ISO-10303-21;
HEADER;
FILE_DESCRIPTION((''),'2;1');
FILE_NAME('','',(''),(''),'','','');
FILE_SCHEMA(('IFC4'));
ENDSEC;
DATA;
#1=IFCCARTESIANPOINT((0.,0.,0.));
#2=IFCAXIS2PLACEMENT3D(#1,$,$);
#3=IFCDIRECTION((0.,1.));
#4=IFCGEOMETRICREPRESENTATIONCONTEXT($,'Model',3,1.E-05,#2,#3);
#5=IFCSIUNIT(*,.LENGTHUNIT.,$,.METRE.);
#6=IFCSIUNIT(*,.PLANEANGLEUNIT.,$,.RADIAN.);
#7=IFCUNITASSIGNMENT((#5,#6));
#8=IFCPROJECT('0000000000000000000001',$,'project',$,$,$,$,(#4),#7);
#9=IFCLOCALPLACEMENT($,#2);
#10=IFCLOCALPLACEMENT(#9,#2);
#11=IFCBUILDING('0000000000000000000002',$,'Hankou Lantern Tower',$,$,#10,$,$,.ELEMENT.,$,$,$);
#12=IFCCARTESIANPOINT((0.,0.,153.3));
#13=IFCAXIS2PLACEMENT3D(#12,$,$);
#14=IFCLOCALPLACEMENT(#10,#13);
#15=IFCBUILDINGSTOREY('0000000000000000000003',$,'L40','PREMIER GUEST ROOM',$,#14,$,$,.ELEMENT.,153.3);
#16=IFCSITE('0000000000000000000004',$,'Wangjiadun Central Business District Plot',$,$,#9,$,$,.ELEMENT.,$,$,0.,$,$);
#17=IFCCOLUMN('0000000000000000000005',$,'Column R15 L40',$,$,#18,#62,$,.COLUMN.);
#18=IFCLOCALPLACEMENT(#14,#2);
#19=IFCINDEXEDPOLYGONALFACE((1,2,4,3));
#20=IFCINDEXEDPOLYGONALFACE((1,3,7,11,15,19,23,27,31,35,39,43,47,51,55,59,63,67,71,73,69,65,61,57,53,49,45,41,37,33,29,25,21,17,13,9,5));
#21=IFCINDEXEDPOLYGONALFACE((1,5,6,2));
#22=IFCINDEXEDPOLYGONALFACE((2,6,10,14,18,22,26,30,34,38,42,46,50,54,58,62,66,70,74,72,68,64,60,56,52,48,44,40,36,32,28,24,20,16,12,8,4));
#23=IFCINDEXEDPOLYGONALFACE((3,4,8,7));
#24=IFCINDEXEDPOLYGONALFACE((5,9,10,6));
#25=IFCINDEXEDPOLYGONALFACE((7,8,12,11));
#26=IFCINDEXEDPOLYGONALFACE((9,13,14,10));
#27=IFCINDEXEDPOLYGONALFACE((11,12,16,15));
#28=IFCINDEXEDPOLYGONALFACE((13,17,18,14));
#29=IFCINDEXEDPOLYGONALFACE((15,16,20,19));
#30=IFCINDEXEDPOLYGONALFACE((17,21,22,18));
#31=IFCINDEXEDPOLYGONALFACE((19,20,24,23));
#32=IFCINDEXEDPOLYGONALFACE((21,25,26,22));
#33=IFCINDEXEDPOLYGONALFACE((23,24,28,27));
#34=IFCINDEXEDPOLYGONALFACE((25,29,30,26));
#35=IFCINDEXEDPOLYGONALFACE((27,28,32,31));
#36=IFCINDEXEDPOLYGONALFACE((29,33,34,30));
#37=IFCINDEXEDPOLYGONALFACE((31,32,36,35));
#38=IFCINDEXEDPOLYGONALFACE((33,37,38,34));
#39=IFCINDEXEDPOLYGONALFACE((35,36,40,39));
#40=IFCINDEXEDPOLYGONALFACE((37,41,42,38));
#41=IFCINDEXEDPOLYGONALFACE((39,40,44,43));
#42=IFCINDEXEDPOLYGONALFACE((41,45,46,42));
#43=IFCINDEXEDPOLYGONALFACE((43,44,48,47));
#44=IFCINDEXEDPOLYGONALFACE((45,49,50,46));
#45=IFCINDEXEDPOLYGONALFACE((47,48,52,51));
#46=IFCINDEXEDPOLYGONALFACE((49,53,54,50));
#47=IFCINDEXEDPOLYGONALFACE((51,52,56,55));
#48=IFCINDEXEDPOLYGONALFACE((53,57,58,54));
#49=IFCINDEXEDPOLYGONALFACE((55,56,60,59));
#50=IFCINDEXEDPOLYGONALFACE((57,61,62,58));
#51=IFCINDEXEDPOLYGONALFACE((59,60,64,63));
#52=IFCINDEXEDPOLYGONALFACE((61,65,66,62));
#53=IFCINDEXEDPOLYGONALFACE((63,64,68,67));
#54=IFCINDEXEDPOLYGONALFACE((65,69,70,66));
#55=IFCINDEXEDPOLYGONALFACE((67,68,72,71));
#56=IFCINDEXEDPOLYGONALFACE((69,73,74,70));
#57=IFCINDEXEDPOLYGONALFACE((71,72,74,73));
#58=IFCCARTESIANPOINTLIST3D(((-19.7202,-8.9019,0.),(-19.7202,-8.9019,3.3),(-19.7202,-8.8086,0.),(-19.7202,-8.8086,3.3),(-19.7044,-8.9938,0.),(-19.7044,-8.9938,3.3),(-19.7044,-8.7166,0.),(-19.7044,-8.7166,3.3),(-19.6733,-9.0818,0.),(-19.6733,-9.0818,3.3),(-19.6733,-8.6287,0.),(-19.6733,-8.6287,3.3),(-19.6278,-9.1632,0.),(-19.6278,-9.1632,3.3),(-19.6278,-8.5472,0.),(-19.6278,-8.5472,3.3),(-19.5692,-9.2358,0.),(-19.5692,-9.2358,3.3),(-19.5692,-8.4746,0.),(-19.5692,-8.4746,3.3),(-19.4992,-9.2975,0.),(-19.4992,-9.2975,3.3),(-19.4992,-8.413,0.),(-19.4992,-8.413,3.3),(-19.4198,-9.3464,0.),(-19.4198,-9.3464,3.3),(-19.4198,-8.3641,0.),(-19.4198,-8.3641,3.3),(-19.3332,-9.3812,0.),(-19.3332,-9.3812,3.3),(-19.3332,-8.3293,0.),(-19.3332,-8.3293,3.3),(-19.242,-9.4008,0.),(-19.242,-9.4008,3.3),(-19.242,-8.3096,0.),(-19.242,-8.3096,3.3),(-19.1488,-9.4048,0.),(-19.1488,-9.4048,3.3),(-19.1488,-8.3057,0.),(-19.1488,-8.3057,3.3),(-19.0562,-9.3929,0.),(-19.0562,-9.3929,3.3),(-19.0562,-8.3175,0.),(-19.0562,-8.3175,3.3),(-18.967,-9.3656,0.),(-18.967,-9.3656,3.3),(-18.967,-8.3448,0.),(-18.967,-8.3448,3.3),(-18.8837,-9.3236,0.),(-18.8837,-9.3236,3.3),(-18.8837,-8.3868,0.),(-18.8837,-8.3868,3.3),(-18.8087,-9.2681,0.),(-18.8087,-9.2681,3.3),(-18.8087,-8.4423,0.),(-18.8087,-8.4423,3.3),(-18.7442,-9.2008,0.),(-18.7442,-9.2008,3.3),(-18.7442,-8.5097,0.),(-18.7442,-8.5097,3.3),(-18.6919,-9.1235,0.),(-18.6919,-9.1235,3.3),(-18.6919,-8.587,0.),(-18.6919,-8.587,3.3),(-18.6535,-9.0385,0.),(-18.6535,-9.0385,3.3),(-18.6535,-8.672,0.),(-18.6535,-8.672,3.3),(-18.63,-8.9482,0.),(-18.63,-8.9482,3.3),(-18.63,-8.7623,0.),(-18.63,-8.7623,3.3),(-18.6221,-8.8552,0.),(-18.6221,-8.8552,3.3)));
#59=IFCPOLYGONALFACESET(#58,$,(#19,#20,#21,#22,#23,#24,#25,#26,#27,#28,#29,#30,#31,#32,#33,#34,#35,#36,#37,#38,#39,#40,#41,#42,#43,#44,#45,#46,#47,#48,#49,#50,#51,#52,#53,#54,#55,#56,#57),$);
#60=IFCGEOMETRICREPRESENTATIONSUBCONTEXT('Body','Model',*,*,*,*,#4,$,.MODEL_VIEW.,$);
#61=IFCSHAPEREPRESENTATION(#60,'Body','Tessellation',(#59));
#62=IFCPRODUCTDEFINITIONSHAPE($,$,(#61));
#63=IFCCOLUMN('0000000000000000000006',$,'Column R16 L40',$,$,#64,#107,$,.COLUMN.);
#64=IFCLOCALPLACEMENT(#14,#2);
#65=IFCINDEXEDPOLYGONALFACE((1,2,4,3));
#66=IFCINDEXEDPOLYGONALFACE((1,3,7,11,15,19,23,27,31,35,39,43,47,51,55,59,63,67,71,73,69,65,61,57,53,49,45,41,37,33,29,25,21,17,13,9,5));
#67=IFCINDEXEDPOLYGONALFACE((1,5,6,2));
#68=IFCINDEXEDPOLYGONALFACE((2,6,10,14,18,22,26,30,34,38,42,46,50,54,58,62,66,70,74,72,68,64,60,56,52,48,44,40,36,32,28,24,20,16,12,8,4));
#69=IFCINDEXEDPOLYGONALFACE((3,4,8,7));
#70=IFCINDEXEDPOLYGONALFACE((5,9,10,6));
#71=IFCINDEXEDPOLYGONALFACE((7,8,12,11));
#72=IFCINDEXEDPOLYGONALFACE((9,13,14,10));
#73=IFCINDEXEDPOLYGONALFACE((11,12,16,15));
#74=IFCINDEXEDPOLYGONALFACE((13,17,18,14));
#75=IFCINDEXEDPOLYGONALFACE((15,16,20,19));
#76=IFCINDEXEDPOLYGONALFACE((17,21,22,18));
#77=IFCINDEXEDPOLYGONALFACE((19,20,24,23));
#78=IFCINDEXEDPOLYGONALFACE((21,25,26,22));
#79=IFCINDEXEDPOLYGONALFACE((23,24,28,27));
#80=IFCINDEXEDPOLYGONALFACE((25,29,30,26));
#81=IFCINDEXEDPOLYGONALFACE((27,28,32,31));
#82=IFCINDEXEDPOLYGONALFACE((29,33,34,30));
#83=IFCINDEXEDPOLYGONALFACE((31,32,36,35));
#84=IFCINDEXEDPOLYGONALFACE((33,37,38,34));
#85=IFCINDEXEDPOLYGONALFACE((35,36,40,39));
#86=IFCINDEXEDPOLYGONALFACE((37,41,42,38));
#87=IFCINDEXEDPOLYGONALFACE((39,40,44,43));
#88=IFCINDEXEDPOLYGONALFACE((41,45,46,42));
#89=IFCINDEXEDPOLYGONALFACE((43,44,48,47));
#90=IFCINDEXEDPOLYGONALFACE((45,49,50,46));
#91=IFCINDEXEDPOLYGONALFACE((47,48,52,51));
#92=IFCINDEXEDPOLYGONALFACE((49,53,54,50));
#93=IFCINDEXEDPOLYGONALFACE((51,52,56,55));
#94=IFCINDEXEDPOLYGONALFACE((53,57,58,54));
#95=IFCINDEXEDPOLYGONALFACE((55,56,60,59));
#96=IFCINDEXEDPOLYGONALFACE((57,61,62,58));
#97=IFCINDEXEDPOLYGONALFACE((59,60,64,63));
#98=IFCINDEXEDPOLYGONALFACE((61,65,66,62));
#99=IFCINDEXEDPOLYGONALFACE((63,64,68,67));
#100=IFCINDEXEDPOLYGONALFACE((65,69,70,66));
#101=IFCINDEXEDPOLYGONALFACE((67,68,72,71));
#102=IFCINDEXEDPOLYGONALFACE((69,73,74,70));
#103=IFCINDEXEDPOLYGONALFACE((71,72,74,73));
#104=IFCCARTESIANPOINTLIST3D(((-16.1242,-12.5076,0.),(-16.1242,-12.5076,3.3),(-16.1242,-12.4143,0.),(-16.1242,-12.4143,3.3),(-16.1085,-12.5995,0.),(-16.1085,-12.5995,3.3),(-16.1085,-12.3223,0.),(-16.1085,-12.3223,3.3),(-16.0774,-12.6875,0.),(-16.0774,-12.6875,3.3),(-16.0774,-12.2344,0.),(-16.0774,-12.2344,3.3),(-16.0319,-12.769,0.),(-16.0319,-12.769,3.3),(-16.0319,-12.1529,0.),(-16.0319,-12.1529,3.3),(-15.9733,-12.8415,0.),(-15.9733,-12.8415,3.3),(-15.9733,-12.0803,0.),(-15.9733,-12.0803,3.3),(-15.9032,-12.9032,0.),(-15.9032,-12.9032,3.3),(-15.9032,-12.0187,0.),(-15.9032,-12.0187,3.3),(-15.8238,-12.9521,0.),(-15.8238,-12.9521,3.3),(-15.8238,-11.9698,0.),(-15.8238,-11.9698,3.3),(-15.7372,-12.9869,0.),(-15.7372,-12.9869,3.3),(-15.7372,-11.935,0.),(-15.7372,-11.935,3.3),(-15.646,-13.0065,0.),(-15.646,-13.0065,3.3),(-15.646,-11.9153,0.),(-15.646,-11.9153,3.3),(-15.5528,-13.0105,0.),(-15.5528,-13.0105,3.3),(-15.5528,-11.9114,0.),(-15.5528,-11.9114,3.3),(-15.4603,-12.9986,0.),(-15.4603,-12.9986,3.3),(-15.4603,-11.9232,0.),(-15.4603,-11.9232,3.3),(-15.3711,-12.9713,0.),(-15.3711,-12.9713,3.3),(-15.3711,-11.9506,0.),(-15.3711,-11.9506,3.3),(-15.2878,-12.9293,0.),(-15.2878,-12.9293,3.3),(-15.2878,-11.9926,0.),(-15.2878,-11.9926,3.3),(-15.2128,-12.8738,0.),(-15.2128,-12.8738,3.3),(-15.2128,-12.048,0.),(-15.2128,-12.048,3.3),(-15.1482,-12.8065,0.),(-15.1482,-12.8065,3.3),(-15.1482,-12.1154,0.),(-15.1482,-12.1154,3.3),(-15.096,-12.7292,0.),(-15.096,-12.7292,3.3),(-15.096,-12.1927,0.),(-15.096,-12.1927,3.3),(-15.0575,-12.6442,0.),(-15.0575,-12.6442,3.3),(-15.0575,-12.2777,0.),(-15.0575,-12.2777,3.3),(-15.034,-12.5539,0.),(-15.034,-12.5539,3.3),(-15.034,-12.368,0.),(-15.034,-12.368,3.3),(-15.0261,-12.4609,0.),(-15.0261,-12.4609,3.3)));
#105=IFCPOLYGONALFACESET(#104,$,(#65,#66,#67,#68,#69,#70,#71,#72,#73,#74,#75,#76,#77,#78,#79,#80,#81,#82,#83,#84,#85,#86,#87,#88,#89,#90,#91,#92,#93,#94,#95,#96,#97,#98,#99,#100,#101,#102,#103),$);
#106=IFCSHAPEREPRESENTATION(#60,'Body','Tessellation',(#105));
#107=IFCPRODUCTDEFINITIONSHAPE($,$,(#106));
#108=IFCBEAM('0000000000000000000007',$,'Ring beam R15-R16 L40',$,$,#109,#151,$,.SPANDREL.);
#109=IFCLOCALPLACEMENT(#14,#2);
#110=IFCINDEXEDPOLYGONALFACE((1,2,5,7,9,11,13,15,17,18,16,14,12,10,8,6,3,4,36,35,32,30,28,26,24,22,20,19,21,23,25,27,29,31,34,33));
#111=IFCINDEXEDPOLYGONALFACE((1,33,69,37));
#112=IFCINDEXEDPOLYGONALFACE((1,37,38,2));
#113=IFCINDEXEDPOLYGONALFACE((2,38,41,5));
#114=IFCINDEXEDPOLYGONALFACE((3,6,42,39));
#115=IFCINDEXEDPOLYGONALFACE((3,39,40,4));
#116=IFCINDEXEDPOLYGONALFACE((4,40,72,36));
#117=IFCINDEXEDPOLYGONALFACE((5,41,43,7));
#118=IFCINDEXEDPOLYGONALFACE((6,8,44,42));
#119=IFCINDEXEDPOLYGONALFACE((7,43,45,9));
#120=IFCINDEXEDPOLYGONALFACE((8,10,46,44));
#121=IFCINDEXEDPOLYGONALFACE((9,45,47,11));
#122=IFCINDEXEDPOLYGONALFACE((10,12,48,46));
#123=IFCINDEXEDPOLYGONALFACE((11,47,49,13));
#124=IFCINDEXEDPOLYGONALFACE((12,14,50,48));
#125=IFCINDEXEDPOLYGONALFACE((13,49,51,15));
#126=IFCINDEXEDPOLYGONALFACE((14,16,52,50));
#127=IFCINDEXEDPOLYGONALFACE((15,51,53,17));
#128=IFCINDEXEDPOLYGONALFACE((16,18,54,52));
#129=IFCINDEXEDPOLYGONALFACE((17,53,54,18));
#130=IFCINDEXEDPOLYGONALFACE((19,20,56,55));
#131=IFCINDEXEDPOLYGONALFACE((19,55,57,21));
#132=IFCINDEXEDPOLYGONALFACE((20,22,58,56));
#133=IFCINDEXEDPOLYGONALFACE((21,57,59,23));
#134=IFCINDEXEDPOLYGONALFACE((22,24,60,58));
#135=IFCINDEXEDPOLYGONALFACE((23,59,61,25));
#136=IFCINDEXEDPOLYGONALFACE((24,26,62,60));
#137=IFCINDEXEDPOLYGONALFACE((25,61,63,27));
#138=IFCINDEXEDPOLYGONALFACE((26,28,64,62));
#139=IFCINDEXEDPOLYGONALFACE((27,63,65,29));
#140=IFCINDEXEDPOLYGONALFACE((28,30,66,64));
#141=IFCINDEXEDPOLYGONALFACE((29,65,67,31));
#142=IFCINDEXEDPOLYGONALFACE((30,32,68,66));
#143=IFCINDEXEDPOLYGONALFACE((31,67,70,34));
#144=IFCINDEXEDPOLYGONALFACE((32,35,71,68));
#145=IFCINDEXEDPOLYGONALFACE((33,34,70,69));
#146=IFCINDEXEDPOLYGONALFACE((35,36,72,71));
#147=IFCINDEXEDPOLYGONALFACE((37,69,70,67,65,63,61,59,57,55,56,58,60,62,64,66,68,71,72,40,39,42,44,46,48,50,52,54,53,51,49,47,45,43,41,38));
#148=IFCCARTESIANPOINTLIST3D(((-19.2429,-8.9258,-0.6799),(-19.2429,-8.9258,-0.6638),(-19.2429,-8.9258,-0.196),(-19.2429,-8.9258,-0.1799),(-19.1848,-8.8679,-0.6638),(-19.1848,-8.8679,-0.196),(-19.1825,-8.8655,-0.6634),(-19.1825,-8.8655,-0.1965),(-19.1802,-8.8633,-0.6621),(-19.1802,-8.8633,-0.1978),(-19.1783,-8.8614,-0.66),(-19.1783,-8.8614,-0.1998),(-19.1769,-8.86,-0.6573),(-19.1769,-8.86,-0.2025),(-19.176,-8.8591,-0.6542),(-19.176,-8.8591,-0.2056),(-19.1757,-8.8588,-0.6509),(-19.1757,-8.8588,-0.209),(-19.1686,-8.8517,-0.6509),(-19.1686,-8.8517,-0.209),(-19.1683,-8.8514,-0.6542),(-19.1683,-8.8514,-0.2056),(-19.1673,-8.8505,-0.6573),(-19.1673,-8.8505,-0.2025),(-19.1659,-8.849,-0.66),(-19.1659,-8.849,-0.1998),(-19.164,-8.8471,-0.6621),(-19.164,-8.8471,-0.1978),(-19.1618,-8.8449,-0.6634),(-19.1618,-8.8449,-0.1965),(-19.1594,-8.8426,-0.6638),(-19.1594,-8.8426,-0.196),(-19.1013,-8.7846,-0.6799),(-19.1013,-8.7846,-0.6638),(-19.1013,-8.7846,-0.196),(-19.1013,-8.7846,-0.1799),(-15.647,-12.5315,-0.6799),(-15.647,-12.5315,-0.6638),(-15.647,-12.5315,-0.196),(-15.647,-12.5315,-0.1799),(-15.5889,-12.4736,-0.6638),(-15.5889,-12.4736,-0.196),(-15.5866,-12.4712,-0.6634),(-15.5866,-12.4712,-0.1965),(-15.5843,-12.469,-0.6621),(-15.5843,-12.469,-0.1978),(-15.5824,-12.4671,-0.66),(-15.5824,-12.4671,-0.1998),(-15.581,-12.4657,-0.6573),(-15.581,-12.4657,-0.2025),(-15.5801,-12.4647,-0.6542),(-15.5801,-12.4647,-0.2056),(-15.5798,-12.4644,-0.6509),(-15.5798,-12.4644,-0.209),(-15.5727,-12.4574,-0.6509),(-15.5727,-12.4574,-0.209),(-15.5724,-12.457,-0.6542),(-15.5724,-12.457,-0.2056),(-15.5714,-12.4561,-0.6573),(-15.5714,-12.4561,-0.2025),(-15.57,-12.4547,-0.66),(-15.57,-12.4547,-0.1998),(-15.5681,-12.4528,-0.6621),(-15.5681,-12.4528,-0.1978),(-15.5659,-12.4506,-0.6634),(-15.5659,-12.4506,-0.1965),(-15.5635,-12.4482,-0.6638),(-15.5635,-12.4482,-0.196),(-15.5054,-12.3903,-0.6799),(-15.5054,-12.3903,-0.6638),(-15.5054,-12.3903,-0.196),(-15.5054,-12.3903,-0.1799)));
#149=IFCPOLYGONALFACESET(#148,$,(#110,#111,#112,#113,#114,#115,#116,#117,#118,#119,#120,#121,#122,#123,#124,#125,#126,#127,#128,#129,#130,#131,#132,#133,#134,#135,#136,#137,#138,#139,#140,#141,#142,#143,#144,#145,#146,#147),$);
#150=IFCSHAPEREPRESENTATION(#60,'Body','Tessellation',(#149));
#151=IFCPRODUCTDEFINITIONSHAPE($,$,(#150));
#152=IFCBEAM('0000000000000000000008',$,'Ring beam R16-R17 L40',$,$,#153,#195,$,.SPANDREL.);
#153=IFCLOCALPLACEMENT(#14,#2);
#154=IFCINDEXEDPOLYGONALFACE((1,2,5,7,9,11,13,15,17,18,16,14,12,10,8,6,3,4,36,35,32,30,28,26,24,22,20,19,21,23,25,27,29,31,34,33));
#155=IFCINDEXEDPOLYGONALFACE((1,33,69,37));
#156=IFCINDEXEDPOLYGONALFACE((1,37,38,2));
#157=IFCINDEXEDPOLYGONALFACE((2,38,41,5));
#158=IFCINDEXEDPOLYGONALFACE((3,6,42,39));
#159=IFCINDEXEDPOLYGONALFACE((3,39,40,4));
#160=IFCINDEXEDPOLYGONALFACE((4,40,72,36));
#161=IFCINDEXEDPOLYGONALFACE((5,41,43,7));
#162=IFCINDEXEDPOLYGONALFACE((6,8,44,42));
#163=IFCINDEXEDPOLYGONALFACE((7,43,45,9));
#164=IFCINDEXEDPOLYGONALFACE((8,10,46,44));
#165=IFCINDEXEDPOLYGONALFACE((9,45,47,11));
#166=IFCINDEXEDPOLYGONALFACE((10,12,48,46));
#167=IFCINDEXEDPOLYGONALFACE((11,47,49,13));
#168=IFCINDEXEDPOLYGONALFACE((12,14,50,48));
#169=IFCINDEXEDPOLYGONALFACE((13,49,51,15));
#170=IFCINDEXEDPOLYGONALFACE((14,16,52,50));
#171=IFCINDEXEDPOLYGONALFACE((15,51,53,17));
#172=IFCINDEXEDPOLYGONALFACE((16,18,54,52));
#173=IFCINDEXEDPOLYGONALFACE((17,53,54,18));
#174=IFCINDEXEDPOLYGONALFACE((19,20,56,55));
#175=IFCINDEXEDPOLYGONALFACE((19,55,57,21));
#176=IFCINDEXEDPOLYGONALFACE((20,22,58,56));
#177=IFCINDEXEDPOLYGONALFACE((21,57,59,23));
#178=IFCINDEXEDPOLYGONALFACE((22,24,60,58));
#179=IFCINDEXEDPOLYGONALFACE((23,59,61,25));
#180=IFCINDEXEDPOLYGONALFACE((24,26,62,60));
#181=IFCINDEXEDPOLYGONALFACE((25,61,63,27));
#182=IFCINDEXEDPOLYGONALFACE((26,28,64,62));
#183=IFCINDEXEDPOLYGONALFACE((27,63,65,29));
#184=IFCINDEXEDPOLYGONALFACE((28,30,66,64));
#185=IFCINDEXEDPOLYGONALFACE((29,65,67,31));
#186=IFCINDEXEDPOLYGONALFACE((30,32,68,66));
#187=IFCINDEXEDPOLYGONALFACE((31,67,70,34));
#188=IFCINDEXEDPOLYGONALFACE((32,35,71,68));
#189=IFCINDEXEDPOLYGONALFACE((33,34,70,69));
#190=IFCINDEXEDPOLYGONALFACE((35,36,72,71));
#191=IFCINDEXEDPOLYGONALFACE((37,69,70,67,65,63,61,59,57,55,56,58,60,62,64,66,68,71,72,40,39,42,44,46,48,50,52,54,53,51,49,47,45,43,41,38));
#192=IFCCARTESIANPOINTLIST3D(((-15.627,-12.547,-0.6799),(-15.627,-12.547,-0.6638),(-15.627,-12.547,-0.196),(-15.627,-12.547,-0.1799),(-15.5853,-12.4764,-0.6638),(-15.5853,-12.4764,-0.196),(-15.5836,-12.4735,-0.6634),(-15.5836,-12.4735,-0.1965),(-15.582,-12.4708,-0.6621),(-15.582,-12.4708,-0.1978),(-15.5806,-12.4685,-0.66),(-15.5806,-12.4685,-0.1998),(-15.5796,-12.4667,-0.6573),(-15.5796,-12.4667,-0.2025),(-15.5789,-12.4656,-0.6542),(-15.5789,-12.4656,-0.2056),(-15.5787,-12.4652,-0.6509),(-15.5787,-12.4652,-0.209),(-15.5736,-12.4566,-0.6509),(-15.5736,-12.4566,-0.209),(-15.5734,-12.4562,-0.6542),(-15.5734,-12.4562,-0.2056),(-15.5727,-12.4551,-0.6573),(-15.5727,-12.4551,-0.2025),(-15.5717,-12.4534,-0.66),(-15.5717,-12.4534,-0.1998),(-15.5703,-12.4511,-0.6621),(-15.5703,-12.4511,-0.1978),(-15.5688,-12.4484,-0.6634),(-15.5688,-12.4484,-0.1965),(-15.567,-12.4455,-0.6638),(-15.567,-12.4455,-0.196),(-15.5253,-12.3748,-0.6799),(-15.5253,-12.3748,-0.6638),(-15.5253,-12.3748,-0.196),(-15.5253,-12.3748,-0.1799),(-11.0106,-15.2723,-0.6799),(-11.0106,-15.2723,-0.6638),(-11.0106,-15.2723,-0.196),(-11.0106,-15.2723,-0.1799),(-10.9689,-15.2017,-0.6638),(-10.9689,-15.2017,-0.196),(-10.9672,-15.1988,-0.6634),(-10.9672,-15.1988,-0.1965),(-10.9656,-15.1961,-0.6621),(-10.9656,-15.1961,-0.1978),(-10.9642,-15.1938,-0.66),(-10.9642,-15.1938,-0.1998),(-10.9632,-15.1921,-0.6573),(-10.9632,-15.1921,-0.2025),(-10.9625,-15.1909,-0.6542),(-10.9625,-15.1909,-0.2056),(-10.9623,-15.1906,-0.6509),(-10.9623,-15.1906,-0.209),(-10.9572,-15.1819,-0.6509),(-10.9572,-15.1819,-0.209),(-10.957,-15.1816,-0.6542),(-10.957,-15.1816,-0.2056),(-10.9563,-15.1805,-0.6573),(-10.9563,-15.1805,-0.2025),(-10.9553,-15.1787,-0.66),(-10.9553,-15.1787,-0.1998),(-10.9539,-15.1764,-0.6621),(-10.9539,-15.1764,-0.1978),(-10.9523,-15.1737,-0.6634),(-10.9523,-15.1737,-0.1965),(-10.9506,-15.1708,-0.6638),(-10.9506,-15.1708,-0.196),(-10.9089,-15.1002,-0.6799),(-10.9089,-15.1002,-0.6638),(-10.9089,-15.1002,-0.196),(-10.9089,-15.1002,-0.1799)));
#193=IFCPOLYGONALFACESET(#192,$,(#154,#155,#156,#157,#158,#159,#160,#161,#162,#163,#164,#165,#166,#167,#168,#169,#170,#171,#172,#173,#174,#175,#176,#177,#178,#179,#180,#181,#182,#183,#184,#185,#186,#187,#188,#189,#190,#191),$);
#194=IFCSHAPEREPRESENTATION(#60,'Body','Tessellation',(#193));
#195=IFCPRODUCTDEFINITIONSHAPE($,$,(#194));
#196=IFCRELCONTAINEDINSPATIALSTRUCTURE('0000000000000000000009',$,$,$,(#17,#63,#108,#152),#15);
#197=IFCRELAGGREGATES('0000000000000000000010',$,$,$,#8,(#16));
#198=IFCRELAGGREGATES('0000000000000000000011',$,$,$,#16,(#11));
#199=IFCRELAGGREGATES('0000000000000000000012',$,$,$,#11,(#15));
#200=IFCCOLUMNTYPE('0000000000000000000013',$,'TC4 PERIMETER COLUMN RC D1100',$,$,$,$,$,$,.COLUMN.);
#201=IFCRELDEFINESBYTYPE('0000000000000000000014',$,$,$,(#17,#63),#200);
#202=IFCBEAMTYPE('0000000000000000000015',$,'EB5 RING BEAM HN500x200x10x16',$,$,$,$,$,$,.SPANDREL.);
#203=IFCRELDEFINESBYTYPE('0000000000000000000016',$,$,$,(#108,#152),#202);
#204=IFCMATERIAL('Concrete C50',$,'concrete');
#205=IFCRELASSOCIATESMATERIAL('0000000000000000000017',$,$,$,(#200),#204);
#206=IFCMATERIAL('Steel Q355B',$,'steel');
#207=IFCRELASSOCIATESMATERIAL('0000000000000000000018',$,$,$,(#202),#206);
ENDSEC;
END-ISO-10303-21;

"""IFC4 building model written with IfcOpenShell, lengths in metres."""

from ifc_helpers import new_model, si_unit, direction, frame, origin, origin_2d, place, context, subcontext, project, spatial, circle, i_section, extrude, material, material_profile, profile_set, type_object, element, save


model = new_model("IFC4")

# Units and contexts
model_context = context("Model", 3, precision=1e-05, world=origin(), true_north=direction((0.0, 1.0)))
body_context = subcontext(model_context, "Body", "Model", "MODEL_VIEW")
ifc_project = project(units=[si_unit("LENGTHUNIT", "METRE"), si_unit("PLANEANGLEUNIT", "RADIAN")], contexts=[model_context])

# Site, building, storey
site_placement = place(None, origin())
site = spatial("IfcSite", under=ifc_project, at=site_placement, Name="Wangjiadun Central Business District Plot", CompositionType="ELEMENT", RefElevation=0.0)
building_placement = place(site_placement, origin())
building = spatial("IfcBuilding", under=site, at=building_placement, Name="Hankou Lantern Tower", CompositionType="ELEMENT")
storey_placement = place(building_placement, frame((0.0, 0.0, 153.3)))
storey = spatial("IfcBuildingStorey", under=building, at=storey_placement, Name="L40", Description="PREMIER GUEST ROOM", CompositionType="ELEMENT", Elevation=153.3)

# Columns
ifc_material_1 = material(Name="Concrete C50", Category="concrete")
ifc_material_profile_1 = material_profile(ifc_material_1, circle(Radius=0.55, at=origin_2d()), Name="RC D1100")
ifc_profile_set_1 = profile_set([ifc_material_profile_1], Name="Concrete C50")
column_type = type_object("IfcColumnType", Name="TC4 PERIMETER COLUMN RC D1100", PredefinedType="COLUMN", material=ifc_profile_set_1)
for number, where, z_axis, x_axis, name in (
    (1, (-19.1721, -8.8552, 0.0), (0.0, 0.0, 1.0), (1.0, 0.0, 0.0), "Column R15 L40"),
    (2, (-15.5762, -12.4609, 0.0), (0.0, 0.0, 1.0), (1.0, 0.0, 0.0), "Column R16 L40"),
):
    element("IfcColumn", number, at=place(storey_placement, frame(where, z_axis=z_axis, x_axis=x_axis)), inside=storey, type_object=column_type, Name=name, PredefinedType="COLUMN", context=body_context, shape_type="SweptSolid", body=[
        extrude(circle(Radius=0.55, at=origin_2d()), origin(), (0.0, 0.0, 1.0), 3.3),
    ])

# Beams
ifc_material_2 = material(Name="Steel Q355B", Category="steel")
ifc_material_profile_2 = material_profile(ifc_material_2, i_section(OverallWidth=0.2, OverallDepth=0.5, WebThickness=0.01, FlangeThickness=0.0161, FilletRadius=0.0129, at=origin_2d()), Name="HN500x200x10x16")
ifc_profile_set_2 = profile_set([ifc_material_profile_2], Name="Steel Q355B")
beam_type_1 = type_object("IfcBeamType", Name="EB5 RING BEAM HN500x200x10x16", PredefinedType="SPANDREL", material=ifc_profile_set_2)
beam_1_placement = place(storey_placement, frame((-19.1721, -8.8552, -0.4299), z_axis=(0.706147, -0.708065, 0.0), x_axis=(0.708065, 0.706147, 0.0)))
element("IfcBeam", 3, at=beam_1_placement, inside=storey, type_object=beam_type_1, Name="Ring beam R15-R16 L40", PredefinedType="SPANDREL", context=body_context, shape_type="SweptSolid", body=[
    extrude(i_section(OverallWidth=0.2, OverallDepth=0.5, WebThickness=0.01, FlangeThickness=0.0161, FilletRadius=0.0129, at=origin_2d()), origin(), (0.0, 0.0, 1.0), 5.0923),
])
beam_2_placement = place(storey_placement, frame((-15.5762, -12.4609, -0.4299), z_axis=(0.861136, -0.508375, 0.0), x_axis=(0.508375, 0.861136, 0.0)))
element("IfcBeam", 4, at=beam_2_placement, inside=storey, type_object=beam_type_1, Name="Ring beam R16-R17 L40", PredefinedType="SPANDREL", context=body_context, shape_type="SweptSolid", body=[
    extrude(i_section(OverallWidth=0.2, OverallDepth=0.5, WebThickness=0.01, FlangeThickness=0.0161, FilletRadius=0.0129, at=origin_2d()), origin(), (0.0, 0.0, 1.0), 5.3608),
])

save(model, "model.ifc")
